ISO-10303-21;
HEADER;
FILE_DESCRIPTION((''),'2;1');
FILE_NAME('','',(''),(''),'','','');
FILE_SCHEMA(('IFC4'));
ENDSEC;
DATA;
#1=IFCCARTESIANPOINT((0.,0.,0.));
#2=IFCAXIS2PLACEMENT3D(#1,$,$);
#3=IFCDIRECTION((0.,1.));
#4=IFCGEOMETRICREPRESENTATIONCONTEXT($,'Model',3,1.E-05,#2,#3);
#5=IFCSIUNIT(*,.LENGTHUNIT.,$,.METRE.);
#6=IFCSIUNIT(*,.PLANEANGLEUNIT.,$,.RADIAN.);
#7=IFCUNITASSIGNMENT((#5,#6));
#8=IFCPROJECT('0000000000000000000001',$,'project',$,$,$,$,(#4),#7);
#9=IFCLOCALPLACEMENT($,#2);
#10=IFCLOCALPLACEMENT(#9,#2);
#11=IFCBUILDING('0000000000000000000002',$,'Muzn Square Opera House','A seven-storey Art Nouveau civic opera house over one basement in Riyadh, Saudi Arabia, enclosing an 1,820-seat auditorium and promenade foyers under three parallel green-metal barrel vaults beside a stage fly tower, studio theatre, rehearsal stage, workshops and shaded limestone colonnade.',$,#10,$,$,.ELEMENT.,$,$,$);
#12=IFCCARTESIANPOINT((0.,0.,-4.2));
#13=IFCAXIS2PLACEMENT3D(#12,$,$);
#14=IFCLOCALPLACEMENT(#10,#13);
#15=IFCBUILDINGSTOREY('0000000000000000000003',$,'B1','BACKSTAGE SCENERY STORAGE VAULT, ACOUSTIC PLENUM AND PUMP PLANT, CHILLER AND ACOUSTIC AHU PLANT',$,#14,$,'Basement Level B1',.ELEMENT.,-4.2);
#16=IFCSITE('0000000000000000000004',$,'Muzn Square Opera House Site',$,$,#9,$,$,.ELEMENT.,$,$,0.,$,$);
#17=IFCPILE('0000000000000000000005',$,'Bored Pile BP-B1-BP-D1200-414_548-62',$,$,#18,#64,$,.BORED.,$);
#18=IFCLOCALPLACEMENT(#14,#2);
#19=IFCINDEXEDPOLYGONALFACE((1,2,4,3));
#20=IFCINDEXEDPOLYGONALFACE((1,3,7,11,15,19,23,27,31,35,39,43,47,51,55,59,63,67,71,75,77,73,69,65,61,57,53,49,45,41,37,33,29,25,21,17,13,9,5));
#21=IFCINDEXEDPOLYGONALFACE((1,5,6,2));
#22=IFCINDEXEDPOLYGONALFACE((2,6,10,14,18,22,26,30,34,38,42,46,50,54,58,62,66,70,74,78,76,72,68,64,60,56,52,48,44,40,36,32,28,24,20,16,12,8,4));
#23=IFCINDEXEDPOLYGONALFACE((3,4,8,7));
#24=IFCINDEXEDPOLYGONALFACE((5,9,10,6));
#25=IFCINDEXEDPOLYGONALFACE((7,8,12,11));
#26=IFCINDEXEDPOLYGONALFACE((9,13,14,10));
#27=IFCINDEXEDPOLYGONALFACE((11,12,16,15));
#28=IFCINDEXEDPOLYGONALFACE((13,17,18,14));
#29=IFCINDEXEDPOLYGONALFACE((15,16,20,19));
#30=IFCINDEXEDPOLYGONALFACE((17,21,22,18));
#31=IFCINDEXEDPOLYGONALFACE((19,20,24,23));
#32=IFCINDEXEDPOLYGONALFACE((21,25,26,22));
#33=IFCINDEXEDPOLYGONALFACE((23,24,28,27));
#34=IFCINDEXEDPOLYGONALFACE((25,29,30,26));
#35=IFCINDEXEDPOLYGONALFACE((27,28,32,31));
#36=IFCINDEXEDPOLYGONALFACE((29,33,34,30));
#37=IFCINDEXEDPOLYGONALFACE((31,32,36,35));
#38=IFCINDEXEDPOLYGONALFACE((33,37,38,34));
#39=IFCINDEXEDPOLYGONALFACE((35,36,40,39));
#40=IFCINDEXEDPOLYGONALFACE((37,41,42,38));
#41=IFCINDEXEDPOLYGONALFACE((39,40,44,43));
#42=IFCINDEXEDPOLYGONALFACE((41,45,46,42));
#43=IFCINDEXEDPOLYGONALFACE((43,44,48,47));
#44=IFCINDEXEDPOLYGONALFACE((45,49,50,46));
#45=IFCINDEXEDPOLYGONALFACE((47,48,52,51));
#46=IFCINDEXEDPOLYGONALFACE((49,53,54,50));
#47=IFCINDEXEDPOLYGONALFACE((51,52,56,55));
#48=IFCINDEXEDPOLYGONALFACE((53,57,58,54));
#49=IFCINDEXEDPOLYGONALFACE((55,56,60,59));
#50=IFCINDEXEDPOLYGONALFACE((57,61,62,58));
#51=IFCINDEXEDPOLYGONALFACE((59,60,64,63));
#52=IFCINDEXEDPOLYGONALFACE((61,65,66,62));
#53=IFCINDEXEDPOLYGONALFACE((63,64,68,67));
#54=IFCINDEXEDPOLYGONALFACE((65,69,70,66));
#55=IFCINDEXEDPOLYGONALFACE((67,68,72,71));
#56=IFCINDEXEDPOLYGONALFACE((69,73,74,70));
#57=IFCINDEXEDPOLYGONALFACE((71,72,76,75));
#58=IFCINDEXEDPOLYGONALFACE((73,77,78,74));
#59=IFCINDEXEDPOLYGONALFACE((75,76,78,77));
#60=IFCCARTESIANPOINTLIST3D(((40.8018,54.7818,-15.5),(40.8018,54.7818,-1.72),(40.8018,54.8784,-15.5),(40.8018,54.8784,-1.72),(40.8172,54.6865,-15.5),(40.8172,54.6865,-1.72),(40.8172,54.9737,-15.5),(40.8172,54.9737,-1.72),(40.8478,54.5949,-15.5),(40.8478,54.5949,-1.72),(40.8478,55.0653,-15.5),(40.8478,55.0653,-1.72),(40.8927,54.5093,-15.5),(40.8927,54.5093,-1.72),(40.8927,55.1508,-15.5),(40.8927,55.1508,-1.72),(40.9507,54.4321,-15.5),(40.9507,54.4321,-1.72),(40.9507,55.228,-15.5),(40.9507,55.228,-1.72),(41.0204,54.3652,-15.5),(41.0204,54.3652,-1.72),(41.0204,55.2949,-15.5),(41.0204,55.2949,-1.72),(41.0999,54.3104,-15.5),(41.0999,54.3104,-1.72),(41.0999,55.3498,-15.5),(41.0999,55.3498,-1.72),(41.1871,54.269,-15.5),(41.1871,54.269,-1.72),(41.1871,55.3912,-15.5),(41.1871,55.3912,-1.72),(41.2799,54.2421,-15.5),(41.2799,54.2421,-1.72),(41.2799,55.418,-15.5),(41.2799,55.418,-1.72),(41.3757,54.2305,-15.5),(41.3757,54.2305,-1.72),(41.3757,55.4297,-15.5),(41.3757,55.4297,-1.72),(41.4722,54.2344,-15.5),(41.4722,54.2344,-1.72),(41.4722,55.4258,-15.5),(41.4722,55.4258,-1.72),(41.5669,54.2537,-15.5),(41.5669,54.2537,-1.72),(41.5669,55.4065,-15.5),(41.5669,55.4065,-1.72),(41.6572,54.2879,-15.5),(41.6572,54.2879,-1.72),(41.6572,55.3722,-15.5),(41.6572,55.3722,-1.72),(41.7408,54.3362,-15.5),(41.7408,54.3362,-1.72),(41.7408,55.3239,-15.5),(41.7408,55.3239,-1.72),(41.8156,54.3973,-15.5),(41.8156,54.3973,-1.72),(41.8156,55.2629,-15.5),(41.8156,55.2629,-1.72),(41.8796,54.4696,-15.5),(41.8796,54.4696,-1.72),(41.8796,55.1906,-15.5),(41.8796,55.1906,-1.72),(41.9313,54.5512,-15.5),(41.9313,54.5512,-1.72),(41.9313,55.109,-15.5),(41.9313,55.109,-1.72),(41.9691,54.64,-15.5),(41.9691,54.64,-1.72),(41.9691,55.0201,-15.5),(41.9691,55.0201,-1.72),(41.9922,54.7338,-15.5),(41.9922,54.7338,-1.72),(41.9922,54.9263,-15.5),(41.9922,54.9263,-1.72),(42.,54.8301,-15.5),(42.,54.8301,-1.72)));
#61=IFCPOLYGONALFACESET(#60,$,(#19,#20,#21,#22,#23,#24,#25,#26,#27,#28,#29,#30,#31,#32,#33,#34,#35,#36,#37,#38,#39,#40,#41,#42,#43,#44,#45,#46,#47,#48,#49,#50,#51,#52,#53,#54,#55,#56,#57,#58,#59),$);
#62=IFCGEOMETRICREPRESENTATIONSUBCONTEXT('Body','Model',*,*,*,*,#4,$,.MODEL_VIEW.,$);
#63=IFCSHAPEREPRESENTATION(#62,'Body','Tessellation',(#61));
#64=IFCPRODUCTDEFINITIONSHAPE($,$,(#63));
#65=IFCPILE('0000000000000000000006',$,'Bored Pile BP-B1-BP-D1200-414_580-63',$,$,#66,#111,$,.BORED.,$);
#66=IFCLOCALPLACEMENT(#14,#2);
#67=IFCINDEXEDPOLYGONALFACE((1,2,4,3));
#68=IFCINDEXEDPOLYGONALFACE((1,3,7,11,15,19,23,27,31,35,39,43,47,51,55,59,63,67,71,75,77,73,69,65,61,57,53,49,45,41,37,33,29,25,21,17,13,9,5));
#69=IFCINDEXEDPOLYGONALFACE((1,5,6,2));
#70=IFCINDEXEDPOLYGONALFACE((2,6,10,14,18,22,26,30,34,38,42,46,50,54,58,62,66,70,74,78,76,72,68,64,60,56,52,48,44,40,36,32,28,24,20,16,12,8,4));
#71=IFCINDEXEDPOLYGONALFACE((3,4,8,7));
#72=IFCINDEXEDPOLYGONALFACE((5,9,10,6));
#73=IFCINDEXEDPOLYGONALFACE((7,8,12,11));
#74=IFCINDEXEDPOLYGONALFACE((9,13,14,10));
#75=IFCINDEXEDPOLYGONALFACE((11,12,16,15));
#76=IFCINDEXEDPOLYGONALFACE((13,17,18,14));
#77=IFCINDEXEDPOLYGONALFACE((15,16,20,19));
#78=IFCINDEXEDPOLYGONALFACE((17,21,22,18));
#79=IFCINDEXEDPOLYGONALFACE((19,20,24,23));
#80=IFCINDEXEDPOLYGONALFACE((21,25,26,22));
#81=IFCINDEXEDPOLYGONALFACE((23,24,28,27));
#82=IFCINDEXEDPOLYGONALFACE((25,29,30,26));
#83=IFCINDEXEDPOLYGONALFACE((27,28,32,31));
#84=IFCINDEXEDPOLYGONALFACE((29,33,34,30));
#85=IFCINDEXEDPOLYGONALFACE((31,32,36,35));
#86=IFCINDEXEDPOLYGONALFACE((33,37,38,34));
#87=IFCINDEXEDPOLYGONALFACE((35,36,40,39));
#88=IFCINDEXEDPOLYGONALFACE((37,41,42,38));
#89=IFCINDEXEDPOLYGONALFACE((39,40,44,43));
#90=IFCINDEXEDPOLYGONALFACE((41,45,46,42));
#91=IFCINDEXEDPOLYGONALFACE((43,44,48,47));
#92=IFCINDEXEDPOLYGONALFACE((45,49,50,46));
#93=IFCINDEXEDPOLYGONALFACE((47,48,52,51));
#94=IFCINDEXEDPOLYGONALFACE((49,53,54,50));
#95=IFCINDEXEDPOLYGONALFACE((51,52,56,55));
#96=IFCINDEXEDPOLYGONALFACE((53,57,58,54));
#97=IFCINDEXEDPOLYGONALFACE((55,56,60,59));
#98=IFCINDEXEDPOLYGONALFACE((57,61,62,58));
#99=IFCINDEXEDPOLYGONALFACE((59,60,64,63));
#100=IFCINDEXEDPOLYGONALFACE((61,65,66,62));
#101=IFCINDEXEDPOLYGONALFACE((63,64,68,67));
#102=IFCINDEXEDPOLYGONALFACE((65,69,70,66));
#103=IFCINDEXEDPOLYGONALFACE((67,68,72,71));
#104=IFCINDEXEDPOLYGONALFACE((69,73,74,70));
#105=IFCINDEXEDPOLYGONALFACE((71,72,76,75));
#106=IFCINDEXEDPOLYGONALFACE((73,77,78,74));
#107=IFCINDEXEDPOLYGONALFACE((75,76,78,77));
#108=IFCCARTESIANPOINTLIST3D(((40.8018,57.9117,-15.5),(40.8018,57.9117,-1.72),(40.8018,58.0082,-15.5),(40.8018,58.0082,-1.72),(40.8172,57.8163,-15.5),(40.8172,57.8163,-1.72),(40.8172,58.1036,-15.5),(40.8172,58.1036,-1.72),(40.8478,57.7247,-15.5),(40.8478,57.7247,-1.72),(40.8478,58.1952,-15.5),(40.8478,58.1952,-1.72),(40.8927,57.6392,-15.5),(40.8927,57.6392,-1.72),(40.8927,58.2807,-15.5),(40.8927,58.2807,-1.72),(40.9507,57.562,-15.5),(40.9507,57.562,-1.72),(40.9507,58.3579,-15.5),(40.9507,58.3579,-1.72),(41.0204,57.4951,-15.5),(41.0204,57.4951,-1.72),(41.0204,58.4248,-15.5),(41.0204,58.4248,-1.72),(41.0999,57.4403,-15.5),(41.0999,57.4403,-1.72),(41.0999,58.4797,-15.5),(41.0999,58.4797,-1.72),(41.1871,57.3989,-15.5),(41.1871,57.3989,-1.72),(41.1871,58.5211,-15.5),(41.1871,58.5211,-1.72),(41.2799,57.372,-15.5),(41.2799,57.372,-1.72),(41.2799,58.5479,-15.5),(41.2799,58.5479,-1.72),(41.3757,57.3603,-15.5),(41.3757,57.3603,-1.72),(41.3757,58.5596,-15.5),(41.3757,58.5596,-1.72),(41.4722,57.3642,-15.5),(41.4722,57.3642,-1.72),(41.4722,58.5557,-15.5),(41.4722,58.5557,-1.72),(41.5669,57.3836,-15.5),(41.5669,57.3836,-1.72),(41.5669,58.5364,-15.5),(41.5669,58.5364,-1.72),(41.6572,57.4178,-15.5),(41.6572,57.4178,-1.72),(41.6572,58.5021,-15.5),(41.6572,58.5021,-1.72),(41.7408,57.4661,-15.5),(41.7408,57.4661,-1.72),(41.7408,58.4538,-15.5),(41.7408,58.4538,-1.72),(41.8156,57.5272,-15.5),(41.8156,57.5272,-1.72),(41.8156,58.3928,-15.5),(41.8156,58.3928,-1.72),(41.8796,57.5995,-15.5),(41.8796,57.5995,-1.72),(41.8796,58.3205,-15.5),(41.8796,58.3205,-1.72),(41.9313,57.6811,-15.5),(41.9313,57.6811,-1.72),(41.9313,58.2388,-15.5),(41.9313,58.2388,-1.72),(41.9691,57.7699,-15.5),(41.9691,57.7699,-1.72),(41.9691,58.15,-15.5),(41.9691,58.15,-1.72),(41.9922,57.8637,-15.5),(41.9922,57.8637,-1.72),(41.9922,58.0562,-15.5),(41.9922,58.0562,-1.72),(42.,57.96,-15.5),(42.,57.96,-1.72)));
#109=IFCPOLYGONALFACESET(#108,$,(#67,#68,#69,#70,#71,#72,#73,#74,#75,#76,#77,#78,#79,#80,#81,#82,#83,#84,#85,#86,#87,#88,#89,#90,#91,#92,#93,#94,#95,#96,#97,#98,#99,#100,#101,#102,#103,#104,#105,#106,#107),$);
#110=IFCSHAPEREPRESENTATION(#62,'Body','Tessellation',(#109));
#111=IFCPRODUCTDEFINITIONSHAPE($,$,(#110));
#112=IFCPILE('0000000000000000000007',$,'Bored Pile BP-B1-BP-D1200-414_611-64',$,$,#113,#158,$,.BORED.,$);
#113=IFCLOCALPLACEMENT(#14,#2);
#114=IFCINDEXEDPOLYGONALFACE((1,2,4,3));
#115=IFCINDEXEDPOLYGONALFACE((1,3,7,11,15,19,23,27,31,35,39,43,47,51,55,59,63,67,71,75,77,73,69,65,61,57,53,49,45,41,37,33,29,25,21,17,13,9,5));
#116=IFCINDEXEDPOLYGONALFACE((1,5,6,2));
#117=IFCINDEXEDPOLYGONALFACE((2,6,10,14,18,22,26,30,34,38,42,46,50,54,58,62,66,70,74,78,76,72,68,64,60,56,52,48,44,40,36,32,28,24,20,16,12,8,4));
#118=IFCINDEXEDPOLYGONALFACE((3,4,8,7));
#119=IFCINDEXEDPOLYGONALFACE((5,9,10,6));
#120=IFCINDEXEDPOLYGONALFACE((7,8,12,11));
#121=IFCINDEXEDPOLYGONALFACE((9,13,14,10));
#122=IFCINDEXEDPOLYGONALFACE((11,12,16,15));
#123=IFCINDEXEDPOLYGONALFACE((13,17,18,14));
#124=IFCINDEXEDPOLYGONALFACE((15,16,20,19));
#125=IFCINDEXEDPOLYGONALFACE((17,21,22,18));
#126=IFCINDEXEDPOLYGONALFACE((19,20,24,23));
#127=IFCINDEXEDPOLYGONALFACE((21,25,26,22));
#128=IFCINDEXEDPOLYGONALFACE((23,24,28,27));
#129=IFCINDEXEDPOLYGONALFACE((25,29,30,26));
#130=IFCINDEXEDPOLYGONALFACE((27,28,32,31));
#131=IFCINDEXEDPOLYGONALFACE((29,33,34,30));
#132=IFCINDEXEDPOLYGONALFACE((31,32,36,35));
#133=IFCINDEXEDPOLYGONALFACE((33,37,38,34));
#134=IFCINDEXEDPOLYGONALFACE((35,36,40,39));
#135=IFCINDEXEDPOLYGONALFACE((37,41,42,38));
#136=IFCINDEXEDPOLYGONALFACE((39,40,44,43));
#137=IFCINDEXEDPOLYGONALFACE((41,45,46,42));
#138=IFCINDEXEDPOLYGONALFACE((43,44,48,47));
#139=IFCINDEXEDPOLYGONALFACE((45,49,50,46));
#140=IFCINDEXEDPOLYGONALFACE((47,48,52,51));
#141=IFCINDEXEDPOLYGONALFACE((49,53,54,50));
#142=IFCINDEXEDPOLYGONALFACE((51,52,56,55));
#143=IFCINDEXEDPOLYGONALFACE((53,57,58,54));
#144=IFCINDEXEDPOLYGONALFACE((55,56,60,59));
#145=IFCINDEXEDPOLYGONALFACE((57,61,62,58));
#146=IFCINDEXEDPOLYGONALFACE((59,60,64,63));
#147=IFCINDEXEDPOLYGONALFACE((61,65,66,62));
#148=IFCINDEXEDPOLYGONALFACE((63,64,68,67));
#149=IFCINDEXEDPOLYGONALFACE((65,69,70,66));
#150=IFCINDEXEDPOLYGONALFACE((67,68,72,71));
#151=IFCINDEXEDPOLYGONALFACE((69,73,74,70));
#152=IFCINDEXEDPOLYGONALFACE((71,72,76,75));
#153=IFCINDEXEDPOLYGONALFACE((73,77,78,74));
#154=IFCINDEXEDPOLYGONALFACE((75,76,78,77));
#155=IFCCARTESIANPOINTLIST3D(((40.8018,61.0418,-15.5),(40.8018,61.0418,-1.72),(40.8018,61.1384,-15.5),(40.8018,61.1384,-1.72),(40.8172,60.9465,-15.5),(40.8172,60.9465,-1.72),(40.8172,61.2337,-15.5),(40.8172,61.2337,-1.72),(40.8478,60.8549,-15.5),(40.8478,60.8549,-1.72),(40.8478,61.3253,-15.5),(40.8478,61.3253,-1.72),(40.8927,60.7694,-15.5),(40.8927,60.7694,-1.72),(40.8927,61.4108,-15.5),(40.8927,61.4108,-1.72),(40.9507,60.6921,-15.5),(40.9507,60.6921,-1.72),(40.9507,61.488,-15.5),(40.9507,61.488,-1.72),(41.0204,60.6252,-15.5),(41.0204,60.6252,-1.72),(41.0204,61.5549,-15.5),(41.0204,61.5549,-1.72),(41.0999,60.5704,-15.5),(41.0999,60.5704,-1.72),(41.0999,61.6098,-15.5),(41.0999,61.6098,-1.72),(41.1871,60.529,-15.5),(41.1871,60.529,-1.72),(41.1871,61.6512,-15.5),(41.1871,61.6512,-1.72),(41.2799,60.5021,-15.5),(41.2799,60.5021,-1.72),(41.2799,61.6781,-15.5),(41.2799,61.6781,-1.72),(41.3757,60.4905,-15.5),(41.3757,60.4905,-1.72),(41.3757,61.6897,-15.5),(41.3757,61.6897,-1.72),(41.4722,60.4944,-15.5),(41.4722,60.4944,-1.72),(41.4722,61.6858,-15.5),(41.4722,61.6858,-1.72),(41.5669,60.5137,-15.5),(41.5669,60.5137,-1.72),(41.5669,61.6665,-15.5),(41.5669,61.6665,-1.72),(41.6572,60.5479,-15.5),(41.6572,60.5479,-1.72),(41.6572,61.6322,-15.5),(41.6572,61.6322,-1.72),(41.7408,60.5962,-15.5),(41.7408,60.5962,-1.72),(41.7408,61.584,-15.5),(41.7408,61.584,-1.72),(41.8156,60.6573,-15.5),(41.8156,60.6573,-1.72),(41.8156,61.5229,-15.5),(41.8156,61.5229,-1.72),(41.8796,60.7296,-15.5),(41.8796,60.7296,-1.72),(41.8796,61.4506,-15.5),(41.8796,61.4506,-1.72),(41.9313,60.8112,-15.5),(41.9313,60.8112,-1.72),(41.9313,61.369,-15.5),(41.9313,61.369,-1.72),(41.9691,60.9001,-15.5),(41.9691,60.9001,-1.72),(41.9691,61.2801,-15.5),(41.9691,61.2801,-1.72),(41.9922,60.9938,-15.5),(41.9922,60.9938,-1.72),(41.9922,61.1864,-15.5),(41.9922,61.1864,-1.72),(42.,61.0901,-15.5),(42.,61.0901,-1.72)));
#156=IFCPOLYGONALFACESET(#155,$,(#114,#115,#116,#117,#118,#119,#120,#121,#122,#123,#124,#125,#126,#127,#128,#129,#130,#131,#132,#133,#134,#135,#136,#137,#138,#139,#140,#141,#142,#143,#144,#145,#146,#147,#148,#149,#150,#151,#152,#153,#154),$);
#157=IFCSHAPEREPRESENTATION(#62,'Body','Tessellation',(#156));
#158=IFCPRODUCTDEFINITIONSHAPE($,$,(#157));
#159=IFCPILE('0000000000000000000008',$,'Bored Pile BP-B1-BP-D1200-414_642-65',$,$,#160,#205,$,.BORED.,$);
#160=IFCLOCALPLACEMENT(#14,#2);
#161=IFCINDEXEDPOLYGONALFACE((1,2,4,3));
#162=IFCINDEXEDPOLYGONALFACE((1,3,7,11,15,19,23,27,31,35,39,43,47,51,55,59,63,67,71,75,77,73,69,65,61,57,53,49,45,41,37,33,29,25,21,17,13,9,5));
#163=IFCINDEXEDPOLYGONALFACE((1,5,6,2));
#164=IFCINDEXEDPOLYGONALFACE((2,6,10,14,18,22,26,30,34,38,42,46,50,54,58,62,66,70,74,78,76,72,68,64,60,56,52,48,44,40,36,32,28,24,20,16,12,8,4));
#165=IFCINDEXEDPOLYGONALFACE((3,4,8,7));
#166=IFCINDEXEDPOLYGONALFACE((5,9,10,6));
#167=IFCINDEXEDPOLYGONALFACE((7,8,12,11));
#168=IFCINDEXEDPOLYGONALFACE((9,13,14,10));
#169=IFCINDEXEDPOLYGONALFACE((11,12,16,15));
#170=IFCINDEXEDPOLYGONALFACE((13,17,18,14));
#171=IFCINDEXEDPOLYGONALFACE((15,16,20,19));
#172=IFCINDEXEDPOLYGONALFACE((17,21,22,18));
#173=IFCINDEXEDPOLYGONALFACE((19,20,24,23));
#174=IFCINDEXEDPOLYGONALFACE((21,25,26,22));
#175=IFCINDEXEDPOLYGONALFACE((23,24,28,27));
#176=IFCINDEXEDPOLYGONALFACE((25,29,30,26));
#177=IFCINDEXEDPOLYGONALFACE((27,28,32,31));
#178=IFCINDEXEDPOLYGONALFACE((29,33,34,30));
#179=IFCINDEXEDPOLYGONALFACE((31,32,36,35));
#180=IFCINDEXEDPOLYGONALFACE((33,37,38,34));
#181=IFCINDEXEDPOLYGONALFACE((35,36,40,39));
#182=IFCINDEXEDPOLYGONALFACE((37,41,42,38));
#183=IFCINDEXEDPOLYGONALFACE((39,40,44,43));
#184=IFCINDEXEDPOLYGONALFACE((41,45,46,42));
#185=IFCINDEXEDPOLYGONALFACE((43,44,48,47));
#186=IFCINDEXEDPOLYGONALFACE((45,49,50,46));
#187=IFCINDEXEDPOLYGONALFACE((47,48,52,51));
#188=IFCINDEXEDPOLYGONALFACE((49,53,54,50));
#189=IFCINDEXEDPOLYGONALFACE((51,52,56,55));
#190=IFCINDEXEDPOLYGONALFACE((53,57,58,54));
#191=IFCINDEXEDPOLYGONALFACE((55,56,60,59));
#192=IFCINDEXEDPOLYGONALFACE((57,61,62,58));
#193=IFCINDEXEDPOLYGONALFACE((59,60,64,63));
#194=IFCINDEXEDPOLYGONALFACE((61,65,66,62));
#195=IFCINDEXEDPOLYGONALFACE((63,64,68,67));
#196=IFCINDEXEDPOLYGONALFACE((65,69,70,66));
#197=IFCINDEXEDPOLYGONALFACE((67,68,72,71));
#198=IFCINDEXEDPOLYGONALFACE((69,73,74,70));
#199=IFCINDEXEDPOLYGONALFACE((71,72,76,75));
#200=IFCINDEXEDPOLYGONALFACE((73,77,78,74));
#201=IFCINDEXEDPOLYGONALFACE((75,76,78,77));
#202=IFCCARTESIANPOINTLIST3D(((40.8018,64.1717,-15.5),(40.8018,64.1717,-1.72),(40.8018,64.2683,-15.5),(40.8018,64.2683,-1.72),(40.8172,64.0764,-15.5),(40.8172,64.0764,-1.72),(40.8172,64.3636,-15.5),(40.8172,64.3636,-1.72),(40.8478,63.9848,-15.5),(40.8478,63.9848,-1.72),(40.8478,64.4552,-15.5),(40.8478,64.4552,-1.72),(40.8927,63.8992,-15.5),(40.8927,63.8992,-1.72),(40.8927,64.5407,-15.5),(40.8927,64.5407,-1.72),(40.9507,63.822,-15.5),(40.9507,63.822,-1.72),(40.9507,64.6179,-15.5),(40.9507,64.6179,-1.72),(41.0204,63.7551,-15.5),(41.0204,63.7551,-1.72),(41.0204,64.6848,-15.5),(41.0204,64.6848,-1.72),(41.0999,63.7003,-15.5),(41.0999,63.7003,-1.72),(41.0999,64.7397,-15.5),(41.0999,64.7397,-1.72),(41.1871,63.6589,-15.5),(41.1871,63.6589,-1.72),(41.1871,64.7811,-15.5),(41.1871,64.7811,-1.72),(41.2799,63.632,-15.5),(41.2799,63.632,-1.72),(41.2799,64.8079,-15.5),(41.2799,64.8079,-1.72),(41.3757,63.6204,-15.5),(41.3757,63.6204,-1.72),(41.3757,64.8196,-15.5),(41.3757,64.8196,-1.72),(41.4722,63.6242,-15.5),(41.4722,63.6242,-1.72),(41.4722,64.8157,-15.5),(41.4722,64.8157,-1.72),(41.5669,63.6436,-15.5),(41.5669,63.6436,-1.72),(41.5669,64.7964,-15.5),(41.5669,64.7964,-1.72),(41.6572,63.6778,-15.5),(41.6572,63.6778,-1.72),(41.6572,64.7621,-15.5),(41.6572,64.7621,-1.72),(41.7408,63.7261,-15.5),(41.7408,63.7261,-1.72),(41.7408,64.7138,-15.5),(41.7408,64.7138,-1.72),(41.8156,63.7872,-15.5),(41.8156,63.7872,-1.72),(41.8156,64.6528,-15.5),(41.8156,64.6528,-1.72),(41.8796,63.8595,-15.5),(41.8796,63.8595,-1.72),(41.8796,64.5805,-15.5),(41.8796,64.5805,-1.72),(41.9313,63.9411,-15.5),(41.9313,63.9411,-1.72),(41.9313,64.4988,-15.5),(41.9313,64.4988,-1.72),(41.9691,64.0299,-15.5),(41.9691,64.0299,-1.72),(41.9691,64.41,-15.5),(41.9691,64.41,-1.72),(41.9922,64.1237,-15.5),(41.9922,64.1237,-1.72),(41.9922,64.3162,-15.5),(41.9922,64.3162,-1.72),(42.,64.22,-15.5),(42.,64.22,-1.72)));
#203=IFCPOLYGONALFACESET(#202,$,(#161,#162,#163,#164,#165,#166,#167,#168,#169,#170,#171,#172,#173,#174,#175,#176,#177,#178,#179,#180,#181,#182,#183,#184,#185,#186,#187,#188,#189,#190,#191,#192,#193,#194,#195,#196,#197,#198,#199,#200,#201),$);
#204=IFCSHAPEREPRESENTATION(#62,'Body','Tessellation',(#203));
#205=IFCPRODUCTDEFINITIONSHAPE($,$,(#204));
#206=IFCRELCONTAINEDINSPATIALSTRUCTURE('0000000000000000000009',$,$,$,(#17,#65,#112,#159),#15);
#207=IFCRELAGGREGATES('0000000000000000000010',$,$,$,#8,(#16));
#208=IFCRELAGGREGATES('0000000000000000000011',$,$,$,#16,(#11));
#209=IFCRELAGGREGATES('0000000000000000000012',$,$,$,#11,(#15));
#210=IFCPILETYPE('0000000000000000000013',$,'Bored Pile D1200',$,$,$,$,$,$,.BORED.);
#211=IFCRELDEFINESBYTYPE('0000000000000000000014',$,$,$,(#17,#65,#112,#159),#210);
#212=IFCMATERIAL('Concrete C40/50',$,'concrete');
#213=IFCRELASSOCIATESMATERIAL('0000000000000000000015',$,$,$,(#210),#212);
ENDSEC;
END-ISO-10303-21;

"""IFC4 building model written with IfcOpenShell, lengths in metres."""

from ifc_helpers import new_model, si_unit, direction, frame, origin, origin_2d, place, context, subcontext, project, spatial, circle, extrude, material, material_profile, profile_set, type_object, element, save


model = new_model("IFC4")

# Units and contexts
model_context = context("Model", 3, precision=1e-05, world=origin(), true_north=direction((0.0, 1.0)))
body_context = subcontext(model_context, "Body", "Model", "MODEL_VIEW")
ifc_project = project(units=[si_unit("LENGTHUNIT", "METRE"), si_unit("PLANEANGLEUNIT", "RADIAN")], contexts=[model_context])

# Site, building, storey
site_placement = place(None, origin())
site = spatial("IfcSite", under=ifc_project, at=site_placement, Name="Muzn Square Opera House Site", CompositionType="ELEMENT", RefElevation=0.0)
building_placement = place(site_placement, origin())
building = spatial("IfcBuilding", under=site, at=building_placement, Name="Muzn Square Opera House", Description="A seven-storey Art Nouveau civic opera house over one basement in Riyadh, Saudi Arabia, enclosing an 1,820-seat auditorium and promenade foyers under three parallel green-metal barrel vaults beside a stage fly tower, studio theatre, rehearsal stage, workshops and shaded limestone colonnade.", CompositionType="ELEMENT")
storey_placement = place(building_placement, frame((0.0, 0.0, -4.2)))
storey = spatial("IfcBuildingStorey", under=building, at=storey_placement, Name="B1", Description="BACKSTAGE SCENERY STORAGE VAULT, ACOUSTIC PLENUM AND PUMP PLANT, CHILLER AND ACOUSTIC AHU PLANT", LongName="Basement Level B1", CompositionType="ELEMENT", Elevation=-4.2)

# Piles
ifc_material_1 = material(Name="Concrete C40/50", Category="concrete")
ifc_material_profile_1 = material_profile(ifc_material_1, circle(Radius=0.6001, at=origin_2d()), Name="BORED PILE D1200", Category="concrete")
ifc_profile_set_1 = profile_set([ifc_material_profile_1], Name="Concrete C40/50")
pile_type_1 = type_object("IfcPileType", Name="Bored Pile D1200", PredefinedType="BORED", material=ifc_profile_set_1)
for number, where, z_axis, x_axis, name in (
    (1, (41.3999, 54.8301, -1.72), (0.0, 0.0, -1.0), (1.0, 0.0, 0.0), "Bored Pile BP-B1-BP-D1200-414_548-62"),
    (2, (41.3999, 57.96, -1.72), (0.0, 0.0, -1.0), (1.0, 0.0, 0.0), "Bored Pile BP-B1-BP-D1200-414_580-63"),
    (3, (41.3999, 61.0901, -1.72), (0.0, 0.0, -1.0), (1.0, 0.0, 0.0), "Bored Pile BP-B1-BP-D1200-414_611-64"),
    (4, (41.3999, 64.22, -1.72), (0.0, 0.0, -1.0), (1.0, 0.0, 0.0), "Bored Pile BP-B1-BP-D1200-414_642-65"),
):
    element("IfcPile", number, at=place(storey_placement, frame(where, z_axis=z_axis, x_axis=x_axis)), inside=storey, type_object=pile_type_1, Name=name, PredefinedType="BORED", context=body_context, shape_type="SweptSolid", body=[
        extrude(circle(Radius=0.6001, at=origin_2d()), origin(), (0.0, 0.0, 1.0), 13.78),
    ])

save(model, "model.ifc")
